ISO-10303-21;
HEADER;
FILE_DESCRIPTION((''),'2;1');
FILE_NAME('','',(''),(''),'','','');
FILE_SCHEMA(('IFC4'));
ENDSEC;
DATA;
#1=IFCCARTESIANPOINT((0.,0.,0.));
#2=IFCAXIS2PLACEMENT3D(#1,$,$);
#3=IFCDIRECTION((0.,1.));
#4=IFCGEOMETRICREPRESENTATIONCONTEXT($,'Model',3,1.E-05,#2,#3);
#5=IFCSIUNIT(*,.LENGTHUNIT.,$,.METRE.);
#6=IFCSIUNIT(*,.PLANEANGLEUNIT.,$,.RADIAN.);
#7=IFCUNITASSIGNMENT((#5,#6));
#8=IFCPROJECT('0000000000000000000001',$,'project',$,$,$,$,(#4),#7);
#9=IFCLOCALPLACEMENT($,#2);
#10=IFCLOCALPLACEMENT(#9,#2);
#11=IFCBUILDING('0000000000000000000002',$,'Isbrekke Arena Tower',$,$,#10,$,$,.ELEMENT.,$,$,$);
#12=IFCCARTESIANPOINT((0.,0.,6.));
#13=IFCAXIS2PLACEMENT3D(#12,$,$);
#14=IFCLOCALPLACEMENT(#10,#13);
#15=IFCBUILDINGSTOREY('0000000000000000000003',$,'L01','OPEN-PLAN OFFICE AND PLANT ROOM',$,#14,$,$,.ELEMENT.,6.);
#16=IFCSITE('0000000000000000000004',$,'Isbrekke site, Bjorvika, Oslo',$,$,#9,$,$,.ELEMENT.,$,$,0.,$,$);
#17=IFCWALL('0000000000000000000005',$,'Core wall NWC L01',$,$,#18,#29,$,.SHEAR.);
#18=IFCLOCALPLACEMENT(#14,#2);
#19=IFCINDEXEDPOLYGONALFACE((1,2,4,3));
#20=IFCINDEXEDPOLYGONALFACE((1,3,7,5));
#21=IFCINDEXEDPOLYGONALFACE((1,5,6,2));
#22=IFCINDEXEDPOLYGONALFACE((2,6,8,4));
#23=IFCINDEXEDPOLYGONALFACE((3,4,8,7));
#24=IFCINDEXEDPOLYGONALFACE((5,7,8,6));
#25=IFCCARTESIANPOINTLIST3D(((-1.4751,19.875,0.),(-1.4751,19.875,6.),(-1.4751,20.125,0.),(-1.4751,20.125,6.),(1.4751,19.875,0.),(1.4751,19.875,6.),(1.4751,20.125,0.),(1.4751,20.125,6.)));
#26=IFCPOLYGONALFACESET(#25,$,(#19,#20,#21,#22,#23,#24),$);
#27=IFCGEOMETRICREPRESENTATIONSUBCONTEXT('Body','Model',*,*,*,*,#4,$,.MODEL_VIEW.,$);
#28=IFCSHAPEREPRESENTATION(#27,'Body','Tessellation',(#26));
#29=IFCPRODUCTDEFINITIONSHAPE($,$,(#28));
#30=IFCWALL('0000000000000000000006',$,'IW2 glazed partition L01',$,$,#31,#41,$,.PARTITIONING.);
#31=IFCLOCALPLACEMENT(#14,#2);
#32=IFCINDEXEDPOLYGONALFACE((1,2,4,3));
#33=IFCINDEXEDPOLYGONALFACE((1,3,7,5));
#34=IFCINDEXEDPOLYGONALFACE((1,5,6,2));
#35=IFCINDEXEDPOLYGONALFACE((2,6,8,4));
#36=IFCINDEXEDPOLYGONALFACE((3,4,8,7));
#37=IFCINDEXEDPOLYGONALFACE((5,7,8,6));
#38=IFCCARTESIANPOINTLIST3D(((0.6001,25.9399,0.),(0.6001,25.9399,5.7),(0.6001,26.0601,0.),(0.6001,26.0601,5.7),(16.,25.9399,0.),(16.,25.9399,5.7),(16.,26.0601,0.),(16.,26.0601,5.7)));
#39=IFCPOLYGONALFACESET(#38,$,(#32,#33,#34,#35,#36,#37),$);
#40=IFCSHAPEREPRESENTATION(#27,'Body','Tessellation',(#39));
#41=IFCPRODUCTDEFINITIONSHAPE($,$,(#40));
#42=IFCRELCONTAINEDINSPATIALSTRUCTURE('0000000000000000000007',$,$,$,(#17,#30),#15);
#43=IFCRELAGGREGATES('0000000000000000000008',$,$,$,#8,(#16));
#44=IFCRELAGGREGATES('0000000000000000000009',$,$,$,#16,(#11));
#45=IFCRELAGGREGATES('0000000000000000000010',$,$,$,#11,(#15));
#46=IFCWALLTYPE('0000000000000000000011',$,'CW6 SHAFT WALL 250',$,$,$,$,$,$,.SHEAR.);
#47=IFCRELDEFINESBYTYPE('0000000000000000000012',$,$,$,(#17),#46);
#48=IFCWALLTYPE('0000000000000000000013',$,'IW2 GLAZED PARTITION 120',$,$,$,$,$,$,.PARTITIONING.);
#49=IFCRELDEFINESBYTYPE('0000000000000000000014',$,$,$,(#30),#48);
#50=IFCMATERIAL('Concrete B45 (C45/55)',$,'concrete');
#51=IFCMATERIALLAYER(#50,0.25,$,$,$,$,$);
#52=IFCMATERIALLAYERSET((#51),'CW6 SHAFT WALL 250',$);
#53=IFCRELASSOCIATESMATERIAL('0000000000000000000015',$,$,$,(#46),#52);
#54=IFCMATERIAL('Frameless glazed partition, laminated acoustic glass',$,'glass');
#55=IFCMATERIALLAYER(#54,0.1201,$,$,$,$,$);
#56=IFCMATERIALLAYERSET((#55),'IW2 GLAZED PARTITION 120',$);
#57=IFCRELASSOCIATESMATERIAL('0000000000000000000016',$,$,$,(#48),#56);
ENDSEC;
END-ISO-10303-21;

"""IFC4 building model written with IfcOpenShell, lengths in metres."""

from ifc_helpers import new_model, si_unit, direction, frame, frame_2d, origin, place, context, subcontext, project, spatial, rectangle, extrude, material, layer, layer_set, type_object, element, save


model = new_model("IFC4")

# Units and contexts
model_context = context("Model", 3, precision=1e-05, world=origin(), true_north=direction((0.0, 1.0)))
body_context = subcontext(model_context, "Body", "Model", "MODEL_VIEW")
ifc_project = project(units=[si_unit("LENGTHUNIT", "METRE"), si_unit("PLANEANGLEUNIT", "RADIAN")], contexts=[model_context])

# Site, building, storey
site_placement = place(None, origin())
site = spatial("IfcSite", under=ifc_project, at=site_placement, Name="Isbrekke site, Bjorvika, Oslo", CompositionType="ELEMENT", RefElevation=0.0)
building_placement = place(site_placement, origin())
building = spatial("IfcBuilding", under=site, at=building_placement, Name="Isbrekke Arena Tower", CompositionType="ELEMENT")
storey_placement = place(building_placement, frame((0.0, 0.0, 6.0)))
storey = spatial("IfcBuildingStorey", under=building, at=storey_placement, Name="L01", Description="OPEN-PLAN OFFICE AND PLANT ROOM", CompositionType="ELEMENT", Elevation=6.0)

# Walls
ifc_material_1 = material(Name="Concrete B45 (C45/55)", Category="concrete")
ifc_layer_1 = layer(ifc_material_1, 0.25)
ifc_layer_set_1 = layer_set([ifc_layer_1], Name="CW6 SHAFT WALL 250")
wall_type_1 = type_object("IfcWallType", Name="CW6 SHAFT WALL 250", PredefinedType="SHEAR", material=ifc_layer_set_1)
wall_1_placement = place(storey_placement, frame((-1.4751, 20.0, 0.0), z_axis=(0.0, 0.0, 1.0), x_axis=(1.0, 0.0, 0.0)))
element("IfcWall", 1, at=wall_1_placement, inside=storey, type_object=wall_type_1, Name="Core wall NWC L01", PredefinedType="SHEAR", context=body_context, shape_type="SweptSolid", body=[
    extrude(rectangle(XDim=2.9502, YDim=0.25, at=frame_2d((1.4751, 0.0))), origin(), (0.0, 0.0, 1.0), 6.0),
])
ifc_material_2 = material(Name="Frameless glazed partition, laminated acoustic glass", Category="glass")
ifc_layer_2 = layer(ifc_material_2, 0.1201)
ifc_layer_set_2 = layer_set([ifc_layer_2], Name="IW2 GLAZED PARTITION 120")
wall_type_2 = type_object("IfcWallType", Name="IW2 GLAZED PARTITION 120", PredefinedType="PARTITIONING", material=ifc_layer_set_2)
wall_2_placement = place(storey_placement, frame((0.6001, 26.0, 0.0), z_axis=(0.0, 0.0, 1.0), x_axis=(1.0, 0.0, 0.0)))
element("IfcWall", 2, at=wall_2_placement, inside=storey, type_object=wall_type_2, Name="IW2 glazed partition L01", PredefinedType="PARTITIONING", context=body_context, shape_type="SweptSolid", body=[
    extrude(rectangle(XDim=15.3999, YDim=0.1201, at=frame_2d((7.7, 0.0))), origin(), (0.0, 0.0, 1.0), 5.7),
])

save(model, "model.ifc")
